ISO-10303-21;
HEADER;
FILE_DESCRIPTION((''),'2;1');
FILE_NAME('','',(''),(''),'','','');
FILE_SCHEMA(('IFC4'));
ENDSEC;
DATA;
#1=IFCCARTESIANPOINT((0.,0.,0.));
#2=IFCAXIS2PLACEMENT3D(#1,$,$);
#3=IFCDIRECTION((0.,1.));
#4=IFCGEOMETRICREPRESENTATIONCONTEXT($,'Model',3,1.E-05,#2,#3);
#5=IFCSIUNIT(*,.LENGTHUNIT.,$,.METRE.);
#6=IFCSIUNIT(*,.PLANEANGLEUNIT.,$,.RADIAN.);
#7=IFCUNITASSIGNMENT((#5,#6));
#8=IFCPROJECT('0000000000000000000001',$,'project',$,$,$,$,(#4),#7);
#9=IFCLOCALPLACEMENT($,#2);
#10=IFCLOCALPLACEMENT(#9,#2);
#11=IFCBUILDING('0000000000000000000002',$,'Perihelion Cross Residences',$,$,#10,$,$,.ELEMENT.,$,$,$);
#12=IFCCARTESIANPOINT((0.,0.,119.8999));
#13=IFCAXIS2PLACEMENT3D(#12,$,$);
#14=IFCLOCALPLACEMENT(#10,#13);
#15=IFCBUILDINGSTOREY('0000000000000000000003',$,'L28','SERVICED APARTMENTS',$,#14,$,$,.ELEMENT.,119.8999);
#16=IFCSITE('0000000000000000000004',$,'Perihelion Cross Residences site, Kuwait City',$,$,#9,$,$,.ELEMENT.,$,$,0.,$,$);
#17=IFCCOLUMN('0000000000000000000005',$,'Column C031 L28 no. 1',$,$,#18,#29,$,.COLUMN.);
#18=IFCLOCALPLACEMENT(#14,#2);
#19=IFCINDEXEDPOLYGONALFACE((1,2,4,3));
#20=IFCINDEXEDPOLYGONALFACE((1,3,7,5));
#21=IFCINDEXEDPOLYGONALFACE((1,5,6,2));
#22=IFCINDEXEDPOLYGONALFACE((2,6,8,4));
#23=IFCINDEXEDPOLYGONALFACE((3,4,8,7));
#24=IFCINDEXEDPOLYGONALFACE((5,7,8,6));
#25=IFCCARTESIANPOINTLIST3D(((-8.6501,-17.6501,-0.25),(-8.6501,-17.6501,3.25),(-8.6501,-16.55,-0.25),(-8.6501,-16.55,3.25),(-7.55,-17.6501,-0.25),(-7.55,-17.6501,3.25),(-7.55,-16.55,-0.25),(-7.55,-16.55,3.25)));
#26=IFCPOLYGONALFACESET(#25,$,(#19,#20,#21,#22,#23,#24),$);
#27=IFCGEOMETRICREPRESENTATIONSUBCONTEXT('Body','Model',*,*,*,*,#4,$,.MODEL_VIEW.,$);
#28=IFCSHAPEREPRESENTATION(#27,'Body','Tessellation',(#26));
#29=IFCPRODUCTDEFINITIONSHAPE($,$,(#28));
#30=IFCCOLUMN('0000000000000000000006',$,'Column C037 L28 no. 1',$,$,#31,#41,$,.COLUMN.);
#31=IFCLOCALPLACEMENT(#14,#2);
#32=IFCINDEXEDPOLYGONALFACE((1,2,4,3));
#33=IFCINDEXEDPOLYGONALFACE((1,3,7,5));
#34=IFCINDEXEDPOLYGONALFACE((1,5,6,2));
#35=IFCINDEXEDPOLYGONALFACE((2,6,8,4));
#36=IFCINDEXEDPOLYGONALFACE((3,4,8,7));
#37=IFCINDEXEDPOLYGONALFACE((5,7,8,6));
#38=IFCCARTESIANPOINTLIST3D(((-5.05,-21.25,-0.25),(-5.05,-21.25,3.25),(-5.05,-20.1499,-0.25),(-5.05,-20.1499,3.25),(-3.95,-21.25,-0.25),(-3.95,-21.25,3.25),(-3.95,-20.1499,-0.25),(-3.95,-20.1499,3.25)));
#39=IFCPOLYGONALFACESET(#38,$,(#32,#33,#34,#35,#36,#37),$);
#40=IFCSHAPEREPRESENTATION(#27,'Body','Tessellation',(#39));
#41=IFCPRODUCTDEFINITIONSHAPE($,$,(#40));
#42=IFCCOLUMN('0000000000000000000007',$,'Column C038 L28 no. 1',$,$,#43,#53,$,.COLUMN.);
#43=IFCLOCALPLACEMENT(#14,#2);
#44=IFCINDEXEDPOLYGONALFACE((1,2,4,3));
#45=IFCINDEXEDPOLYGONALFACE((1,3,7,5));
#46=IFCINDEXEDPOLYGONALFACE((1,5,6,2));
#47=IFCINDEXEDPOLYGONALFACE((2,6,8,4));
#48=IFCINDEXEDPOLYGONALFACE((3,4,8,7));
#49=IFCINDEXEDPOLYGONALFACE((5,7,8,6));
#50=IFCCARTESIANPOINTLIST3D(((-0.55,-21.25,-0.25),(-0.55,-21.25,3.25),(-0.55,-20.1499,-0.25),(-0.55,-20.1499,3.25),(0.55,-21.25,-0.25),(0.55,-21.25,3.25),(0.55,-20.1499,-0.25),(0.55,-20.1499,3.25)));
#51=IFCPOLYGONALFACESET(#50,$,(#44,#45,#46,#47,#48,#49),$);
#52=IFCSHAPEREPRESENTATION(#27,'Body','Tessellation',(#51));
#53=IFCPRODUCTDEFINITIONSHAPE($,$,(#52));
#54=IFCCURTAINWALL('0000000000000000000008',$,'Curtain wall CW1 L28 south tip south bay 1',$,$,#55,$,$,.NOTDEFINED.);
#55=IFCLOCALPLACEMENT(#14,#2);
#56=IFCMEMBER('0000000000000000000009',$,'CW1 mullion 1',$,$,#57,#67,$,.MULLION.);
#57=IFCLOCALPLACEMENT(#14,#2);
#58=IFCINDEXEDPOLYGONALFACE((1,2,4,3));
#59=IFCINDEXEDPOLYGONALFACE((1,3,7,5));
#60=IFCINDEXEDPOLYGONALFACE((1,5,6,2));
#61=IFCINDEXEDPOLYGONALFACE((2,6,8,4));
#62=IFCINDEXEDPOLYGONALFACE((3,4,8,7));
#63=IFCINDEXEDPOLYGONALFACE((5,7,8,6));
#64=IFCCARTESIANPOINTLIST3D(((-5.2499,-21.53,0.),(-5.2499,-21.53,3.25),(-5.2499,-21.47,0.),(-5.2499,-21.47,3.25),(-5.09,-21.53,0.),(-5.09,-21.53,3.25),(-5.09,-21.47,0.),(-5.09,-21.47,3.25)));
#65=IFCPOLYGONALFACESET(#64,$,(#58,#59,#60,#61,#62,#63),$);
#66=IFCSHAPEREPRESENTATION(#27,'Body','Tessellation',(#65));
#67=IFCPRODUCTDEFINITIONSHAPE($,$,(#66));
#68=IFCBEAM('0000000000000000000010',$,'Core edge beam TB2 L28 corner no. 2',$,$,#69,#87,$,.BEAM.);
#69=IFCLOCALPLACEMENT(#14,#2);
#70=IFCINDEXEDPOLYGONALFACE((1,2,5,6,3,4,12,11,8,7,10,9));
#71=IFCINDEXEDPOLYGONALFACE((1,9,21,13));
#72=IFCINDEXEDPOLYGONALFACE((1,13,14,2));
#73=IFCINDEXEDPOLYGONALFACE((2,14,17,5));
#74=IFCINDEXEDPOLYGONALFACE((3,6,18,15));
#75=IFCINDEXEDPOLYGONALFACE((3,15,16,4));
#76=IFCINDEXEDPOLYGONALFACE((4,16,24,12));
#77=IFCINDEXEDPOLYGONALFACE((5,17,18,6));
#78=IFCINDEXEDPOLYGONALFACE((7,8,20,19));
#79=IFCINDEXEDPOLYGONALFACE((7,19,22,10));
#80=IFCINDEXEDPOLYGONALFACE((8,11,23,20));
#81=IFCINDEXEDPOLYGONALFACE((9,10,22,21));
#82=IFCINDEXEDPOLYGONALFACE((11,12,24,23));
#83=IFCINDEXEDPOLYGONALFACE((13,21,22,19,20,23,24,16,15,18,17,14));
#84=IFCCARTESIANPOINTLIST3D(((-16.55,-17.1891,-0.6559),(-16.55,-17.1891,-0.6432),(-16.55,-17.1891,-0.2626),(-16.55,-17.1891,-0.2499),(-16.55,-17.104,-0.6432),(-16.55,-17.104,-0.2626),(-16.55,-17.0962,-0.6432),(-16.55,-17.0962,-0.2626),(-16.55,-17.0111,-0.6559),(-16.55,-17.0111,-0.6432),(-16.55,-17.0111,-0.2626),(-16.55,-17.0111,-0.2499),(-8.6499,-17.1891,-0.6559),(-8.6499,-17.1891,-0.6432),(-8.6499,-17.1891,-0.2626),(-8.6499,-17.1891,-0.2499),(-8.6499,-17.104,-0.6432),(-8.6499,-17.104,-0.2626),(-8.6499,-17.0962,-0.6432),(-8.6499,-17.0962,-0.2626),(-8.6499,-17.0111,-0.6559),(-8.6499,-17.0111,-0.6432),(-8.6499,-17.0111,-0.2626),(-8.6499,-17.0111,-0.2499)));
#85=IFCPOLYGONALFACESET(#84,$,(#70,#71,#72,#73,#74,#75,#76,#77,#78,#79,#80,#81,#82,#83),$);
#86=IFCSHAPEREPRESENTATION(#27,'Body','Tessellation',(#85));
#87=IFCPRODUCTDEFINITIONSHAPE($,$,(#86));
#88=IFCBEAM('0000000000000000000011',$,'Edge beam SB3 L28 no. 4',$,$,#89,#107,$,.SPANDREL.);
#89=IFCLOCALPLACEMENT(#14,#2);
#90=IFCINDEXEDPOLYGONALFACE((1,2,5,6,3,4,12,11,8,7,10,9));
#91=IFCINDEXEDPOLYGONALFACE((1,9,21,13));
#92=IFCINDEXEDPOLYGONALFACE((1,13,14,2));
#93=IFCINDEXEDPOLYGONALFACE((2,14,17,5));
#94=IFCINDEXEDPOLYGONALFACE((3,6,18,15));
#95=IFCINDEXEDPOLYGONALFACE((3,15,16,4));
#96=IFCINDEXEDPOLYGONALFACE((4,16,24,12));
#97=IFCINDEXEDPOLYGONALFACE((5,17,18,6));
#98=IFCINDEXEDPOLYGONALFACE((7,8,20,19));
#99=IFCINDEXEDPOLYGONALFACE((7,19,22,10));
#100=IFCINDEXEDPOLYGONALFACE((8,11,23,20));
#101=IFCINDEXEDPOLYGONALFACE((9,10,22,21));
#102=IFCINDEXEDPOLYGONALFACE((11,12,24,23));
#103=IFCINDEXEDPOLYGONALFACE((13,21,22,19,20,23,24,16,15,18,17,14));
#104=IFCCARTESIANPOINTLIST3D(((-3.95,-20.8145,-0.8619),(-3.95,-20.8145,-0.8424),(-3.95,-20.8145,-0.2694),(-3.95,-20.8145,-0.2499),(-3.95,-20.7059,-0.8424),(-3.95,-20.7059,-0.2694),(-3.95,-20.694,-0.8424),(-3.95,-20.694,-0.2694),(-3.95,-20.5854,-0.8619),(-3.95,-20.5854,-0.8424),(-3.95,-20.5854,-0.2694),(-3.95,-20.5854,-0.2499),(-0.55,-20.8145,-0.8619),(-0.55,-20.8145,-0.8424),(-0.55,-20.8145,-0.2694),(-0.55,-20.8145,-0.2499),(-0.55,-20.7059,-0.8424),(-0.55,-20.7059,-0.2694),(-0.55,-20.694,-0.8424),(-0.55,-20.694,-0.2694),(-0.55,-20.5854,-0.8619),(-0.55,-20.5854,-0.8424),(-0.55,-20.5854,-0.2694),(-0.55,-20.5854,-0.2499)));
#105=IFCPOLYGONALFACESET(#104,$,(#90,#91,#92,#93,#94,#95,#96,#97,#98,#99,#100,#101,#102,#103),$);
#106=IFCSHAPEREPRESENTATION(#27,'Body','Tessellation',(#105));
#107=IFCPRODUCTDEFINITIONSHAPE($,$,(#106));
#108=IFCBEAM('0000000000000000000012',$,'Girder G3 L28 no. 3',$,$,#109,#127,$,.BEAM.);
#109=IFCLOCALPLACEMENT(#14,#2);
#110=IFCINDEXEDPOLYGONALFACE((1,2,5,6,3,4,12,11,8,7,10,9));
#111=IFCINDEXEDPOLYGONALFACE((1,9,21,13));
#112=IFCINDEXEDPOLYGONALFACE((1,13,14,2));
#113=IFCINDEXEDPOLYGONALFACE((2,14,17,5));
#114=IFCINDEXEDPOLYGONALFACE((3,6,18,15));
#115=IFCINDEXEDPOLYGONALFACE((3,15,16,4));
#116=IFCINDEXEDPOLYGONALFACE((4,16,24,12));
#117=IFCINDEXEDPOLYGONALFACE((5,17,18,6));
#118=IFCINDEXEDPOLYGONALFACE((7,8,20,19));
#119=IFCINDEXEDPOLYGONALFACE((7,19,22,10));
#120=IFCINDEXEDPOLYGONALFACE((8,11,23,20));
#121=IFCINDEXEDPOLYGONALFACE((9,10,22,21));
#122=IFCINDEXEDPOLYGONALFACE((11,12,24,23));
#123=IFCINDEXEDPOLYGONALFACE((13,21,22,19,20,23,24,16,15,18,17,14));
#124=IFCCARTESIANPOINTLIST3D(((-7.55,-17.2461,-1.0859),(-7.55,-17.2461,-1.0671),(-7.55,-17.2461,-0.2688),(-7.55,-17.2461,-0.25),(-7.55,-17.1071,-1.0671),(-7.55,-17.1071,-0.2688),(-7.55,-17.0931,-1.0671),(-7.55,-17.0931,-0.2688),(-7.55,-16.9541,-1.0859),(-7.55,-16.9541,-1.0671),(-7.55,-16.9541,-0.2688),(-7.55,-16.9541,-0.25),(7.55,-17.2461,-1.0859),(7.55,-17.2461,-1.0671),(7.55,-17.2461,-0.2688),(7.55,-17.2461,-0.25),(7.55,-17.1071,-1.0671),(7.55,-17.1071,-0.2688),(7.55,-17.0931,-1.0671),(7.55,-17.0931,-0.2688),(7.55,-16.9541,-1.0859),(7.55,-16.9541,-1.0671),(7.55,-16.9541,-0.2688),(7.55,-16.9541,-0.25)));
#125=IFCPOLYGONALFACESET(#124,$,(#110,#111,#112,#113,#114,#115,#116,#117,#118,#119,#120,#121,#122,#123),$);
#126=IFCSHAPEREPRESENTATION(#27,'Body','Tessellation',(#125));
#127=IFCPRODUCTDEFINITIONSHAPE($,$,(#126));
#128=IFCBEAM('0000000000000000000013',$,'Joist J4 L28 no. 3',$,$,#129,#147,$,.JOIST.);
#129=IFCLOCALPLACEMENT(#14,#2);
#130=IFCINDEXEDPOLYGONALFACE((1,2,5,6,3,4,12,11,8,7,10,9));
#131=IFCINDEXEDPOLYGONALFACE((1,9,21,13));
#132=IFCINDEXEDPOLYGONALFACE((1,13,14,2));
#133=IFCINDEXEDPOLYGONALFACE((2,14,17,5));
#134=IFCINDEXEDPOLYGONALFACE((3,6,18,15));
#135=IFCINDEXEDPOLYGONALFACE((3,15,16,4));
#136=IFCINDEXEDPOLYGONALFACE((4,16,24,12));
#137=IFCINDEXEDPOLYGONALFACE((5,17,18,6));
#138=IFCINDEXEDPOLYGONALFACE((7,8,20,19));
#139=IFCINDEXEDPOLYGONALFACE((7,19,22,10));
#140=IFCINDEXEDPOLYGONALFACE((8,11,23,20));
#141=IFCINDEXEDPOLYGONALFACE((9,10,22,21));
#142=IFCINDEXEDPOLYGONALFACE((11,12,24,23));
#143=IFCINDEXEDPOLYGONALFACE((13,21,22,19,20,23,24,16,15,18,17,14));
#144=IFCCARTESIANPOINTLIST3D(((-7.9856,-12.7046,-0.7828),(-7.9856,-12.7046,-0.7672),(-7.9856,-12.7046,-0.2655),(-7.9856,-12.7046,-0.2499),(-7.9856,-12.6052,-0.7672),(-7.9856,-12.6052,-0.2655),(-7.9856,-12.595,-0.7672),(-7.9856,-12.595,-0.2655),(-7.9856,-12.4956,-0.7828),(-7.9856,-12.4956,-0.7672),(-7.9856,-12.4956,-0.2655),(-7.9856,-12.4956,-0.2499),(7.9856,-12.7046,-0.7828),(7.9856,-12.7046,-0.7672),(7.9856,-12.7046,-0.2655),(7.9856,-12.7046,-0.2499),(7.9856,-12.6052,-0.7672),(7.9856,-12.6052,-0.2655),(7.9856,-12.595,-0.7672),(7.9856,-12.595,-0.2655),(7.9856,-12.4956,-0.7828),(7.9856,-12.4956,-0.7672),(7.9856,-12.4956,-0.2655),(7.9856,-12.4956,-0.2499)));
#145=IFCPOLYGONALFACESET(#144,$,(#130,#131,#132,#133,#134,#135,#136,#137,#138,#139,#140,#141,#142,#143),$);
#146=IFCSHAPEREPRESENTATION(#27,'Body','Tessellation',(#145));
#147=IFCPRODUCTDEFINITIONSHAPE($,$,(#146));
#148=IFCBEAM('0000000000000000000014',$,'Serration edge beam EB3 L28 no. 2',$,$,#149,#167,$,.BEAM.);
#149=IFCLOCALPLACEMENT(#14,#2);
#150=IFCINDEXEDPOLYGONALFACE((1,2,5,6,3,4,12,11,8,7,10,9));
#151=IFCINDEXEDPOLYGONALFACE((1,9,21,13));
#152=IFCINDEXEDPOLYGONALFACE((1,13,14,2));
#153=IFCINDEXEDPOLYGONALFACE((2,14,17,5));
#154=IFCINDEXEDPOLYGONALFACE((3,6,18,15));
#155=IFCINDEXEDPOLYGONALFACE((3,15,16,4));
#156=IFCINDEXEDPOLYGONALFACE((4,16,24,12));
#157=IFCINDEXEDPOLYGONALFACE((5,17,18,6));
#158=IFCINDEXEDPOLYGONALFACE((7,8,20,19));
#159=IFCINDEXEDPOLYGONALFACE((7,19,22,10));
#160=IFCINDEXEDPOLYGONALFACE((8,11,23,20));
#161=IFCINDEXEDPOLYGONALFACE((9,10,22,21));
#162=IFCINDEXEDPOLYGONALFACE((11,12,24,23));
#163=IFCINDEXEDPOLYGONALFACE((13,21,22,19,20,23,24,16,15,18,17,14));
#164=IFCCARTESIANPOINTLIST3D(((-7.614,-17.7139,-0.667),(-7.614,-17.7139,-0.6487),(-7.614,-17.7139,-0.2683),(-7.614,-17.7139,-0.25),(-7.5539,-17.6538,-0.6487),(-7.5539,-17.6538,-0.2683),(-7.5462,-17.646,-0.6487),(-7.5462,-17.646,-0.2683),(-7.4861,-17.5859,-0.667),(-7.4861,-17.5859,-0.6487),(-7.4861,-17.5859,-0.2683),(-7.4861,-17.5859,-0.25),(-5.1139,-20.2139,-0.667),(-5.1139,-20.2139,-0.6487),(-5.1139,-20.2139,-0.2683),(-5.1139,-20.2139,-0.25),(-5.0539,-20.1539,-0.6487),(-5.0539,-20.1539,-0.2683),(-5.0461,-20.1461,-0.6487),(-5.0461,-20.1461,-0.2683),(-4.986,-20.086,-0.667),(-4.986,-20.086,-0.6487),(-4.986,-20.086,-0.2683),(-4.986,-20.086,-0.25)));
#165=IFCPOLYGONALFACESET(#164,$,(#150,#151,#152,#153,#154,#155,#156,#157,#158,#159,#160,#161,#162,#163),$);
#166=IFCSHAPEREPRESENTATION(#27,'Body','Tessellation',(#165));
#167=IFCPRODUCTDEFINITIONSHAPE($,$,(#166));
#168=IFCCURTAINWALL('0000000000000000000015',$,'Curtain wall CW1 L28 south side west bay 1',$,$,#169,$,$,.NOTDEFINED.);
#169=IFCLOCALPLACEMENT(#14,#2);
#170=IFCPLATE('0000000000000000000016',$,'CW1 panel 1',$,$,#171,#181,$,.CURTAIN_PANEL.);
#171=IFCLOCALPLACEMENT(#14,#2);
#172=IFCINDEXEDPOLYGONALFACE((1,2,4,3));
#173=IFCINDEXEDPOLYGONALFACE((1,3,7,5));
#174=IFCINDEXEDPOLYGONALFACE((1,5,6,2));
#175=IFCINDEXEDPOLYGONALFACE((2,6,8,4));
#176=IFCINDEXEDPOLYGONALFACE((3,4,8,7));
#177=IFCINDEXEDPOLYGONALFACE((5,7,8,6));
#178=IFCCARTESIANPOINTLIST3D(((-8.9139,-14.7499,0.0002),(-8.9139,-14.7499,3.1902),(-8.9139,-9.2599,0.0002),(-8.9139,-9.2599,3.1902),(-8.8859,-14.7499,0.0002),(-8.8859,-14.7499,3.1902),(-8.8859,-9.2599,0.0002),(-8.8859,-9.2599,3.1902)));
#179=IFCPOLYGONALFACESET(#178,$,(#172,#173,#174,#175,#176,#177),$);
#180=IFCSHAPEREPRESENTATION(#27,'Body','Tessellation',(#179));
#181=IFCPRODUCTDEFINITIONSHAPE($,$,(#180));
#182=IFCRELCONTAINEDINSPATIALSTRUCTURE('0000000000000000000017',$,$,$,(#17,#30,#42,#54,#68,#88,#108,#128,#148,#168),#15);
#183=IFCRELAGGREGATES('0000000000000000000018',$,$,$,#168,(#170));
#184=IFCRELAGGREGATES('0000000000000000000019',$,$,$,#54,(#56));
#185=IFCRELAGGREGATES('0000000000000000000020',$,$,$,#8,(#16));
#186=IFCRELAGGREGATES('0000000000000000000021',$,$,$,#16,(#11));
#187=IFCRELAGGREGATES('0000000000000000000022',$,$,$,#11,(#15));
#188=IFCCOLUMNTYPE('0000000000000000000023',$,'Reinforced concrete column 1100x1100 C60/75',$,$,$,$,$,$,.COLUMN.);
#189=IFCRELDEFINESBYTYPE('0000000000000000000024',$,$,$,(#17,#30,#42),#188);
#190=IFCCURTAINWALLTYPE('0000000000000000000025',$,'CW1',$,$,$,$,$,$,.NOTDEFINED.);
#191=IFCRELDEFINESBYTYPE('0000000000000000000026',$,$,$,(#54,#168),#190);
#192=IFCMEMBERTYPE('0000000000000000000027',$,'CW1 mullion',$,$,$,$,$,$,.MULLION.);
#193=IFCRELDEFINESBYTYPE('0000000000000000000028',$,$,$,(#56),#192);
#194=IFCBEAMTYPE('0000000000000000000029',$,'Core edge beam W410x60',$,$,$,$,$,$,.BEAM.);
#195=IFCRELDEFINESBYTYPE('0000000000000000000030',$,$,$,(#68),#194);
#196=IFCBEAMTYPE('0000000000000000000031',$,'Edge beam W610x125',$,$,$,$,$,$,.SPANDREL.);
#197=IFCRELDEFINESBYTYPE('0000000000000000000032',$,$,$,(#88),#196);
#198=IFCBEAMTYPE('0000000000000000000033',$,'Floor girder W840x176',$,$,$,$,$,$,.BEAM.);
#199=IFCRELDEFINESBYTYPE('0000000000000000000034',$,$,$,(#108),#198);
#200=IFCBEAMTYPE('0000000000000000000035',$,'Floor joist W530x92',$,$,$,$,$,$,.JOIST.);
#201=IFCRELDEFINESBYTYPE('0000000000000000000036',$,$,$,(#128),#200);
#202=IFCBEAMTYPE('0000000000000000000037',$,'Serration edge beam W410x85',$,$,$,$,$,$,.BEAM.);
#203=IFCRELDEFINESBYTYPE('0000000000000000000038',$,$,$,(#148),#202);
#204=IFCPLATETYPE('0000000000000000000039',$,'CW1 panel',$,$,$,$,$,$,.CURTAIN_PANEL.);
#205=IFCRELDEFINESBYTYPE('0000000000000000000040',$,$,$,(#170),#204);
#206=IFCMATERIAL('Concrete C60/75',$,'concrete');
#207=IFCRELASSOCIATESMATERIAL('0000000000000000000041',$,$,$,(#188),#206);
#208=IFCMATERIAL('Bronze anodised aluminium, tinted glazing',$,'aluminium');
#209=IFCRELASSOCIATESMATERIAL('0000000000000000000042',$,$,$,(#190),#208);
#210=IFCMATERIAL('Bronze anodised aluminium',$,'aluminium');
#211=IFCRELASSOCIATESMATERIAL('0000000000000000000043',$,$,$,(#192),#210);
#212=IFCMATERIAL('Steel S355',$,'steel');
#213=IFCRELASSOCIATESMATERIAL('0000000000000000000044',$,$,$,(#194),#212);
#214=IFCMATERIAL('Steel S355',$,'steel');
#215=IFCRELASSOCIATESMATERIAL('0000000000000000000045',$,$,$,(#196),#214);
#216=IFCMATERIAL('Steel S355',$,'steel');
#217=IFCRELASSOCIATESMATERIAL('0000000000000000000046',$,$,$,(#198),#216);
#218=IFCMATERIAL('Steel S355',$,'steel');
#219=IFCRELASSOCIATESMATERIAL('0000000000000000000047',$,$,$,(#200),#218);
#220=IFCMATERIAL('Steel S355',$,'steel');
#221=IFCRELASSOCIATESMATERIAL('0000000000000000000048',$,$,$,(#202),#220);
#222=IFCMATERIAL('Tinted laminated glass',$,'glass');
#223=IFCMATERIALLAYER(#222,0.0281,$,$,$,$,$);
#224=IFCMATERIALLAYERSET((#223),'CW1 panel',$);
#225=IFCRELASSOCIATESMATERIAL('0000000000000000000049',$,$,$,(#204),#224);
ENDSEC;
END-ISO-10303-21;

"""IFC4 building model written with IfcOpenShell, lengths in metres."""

from ifc_helpers import new_model, si_unit, direction, frame, origin, origin_2d, place, context, subcontext, project, spatial, rectangle, i_section, extrude, material, layer, layer_set, material_profile, profile_set, type_object, element, aggregate, save


model = new_model("IFC4")

# Units and contexts
model_context = context("Model", 3, precision=1e-05, world=origin(), true_north=direction((0.0, 1.0)))
body_context = subcontext(model_context, "Body", "Model", "MODEL_VIEW")
ifc_project = project(units=[si_unit("LENGTHUNIT", "METRE"), si_unit("PLANEANGLEUNIT", "RADIAN")], contexts=[model_context])

# Site, building, storey
site_placement = place(None, origin())
site = spatial("IfcSite", under=ifc_project, at=site_placement, Name="Perihelion Cross Residences site, Kuwait City", CompositionType="ELEMENT", RefElevation=0.0)
building_placement = place(site_placement, origin())
building = spatial("IfcBuilding", under=site, at=building_placement, Name="Perihelion Cross Residences", CompositionType="ELEMENT")
storey_placement = place(building_placement, frame((0.0, 0.0, 119.8999)))
storey = spatial("IfcBuildingStorey", under=building, at=storey_placement, Name="L28", Description="SERVICED APARTMENTS", CompositionType="ELEMENT", Elevation=119.8999)

# Columns
ifc_material_1 = material(Name="Concrete C60/75", Category="concrete")
ifc_material_profile_1 = material_profile(ifc_material_1, rectangle(XDim=1.1001, YDim=1.1001, at=origin_2d()), Name="RC 1100x1100")
ifc_profile_set_1 = profile_set([ifc_material_profile_1], Name="Concrete C60/75")
column_type = type_object("IfcColumnType", Name="Reinforced concrete column 1100x1100 C60/75", PredefinedType="COLUMN", material=ifc_profile_set_1)
for number, where, z_axis, x_axis, name in (
    (1, (-8.1001, -17.1001, -0.25), (0.0, 0.0, 1.0), (1.0, 0.0, 0.0), "Column C031 L28 no. 1"),
    (2, (-4.5, -20.7, -0.25), (0.0, 0.0, 1.0), (1.0, 0.0, 0.0), "Column C037 L28 no. 1"),
    (3, (0.0, -20.7, -0.25), (0.0, 0.0, 1.0), (1.0, 0.0, 0.0), "Column C038 L28 no. 1"),
):
    element("IfcColumn", number, at=place(storey_placement, frame(where, z_axis=z_axis, x_axis=x_axis)), inside=storey, type_object=column_type, Name=name, PredefinedType="COLUMN", context=body_context, shape_type="SweptSolid", body=[
        extrude(rectangle(XDim=1.1001, YDim=1.1001, at=origin_2d()), origin(), (0.0, 0.0, 1.0), 3.5),
    ])

# Curtain wall, member
ifc_material_2 = material(Name="Bronze anodised aluminium, tinted glazing", Category="aluminium")
curtain_wall_type = type_object("IfcCurtainWallType", Name="CW1", PredefinedType="NOTDEFINED", material=ifc_material_2)
curtain_wall_1_placement = place(storey_placement, origin())
curtain_wall_1 = element("IfcCurtainWall", 4, at=curtain_wall_1_placement, inside=storey, type_object=curtain_wall_type, Name="Curtain wall CW1 L28 south tip south bay 1", PredefinedType="NOTDEFINED")
ifc_material_3 = material(Name="Bronze anodised aluminium", Category="aluminium")
ifc_material_profile_2 = material_profile(ifc_material_3, rectangle(XDim=0.0601, YDim=0.1599, at=origin_2d()), Name="CW1 mullion")
ifc_profile_set_2 = profile_set([ifc_material_profile_2], Name="Bronze anodised aluminium")
member_type = type_object("IfcMemberType", Name="CW1 mullion", PredefinedType="MULLION", material=ifc_profile_set_2)
member_placement = place(storey_placement, frame((-5.1699, -21.5, 0.0), z_axis=(0.0, 0.0, 1.0), x_axis=(0.0, 1.0, 0.0)))
member = element("IfcMember", 5, at=member_placement, type_object=member_type, Name="CW1 mullion 1", PredefinedType="MULLION", context=body_context, shape_type="SweptSolid", body=[
    extrude(rectangle(XDim=0.0601, YDim=0.1599, at=origin_2d()), origin(), (0.0, 0.0, 1.0), 3.25),
])

# Beams
ifc_material_4 = material(Name="Steel S355", Category="steel")
ifc_material_profile_3 = material_profile(ifc_material_4, i_section(OverallWidth=0.178, OverallDepth=0.406, WebThickness=0.0078, FlangeThickness=0.0127, at=origin_2d()), Name="W410x60")
ifc_profile_set_3 = profile_set([ifc_material_profile_3], Name="Steel S355")
beam_type_1 = type_object("IfcBeamType", Name="Core edge beam W410x60", PredefinedType="BEAM", material=ifc_profile_set_3)
beam_1_placement = place(storey_placement, frame((-8.6499, -17.1001, -0.4529), z_axis=(-1.0, 0.0, 0.0), x_axis=(0.0, -1.0, 0.0)))
element("IfcBeam", 6, at=beam_1_placement, inside=storey, type_object=beam_type_1, Name="Core edge beam TB2 L28 corner no. 2", PredefinedType="BEAM", context=body_context, shape_type="SweptSolid", body=[
    extrude(i_section(OverallWidth=0.178, OverallDepth=0.406, WebThickness=0.0078, FlangeThickness=0.0127, at=origin_2d()), origin(), (0.0, 0.0, 1.0), 7.9001),
])
ifc_material_5 = material(Name="Steel S355", Category="steel")
ifc_material_profile_4 = material_profile(ifc_material_5, i_section(OverallWidth=0.229, OverallDepth=0.6121, WebThickness=0.012, FlangeThickness=0.0195, at=origin_2d()), Name="W610x125")
ifc_profile_set_4 = profile_set([ifc_material_profile_4], Name="Steel S355")
beam_type_2 = type_object("IfcBeamType", Name="Edge beam W610x125", PredefinedType="SPANDREL", material=ifc_profile_set_4)
beam_2_placement = place(storey_placement, frame((-3.95, -20.7, -0.5559), z_axis=(1.0, 0.0, 0.0), x_axis=(0.0, 1.0, 0.0)))
element("IfcBeam", 7, at=beam_2_placement, inside=storey, type_object=beam_type_2, Name="Edge beam SB3 L28 no. 4", PredefinedType="SPANDREL", context=body_context, shape_type="SweptSolid", body=[
    extrude(i_section(OverallWidth=0.229, OverallDepth=0.6121, WebThickness=0.012, FlangeThickness=0.0195, at=origin_2d()), origin(), (0.0, 0.0, 1.0), 3.3999),
])
ifc_material_6 = material(Name="Steel S355", Category="steel")
ifc_material_profile_5 = material_profile(ifc_material_6, i_section(OverallWidth=0.292, OverallDepth=0.8359, WebThickness=0.0139, FlangeThickness=0.0188, at=origin_2d()), Name="W840x176")
ifc_profile_set_5 = profile_set([ifc_material_profile_5], Name="Steel S355")
beam_type_3 = type_object("IfcBeamType", Name="Floor girder W840x176", PredefinedType="BEAM", material=ifc_profile_set_5)
beam_3_placement = place(storey_placement, frame((-7.55, -17.1001, -0.668), z_axis=(1.0, 0.0, 0.0), x_axis=(0.0, 1.0, 0.0)))
element("IfcBeam", 8, at=beam_3_placement, inside=storey, type_object=beam_type_3, Name="Girder G3 L28 no. 3", PredefinedType="BEAM", context=body_context, shape_type="SweptSolid", body=[
    extrude(i_section(OverallWidth=0.292, OverallDepth=0.8359, WebThickness=0.0139, FlangeThickness=0.0188, at=origin_2d()), origin(), (0.0, 0.0, 1.0), 15.1001),
])
ifc_material_7 = material(Name="Steel S355", Category="steel")
ifc_material_profile_6 = material_profile(ifc_material_7, i_section(OverallWidth=0.209, OverallDepth=0.533, WebThickness=0.0103, FlangeThickness=0.0156, at=origin_2d()), Name="W530x92")
ifc_profile_set_6 = profile_set([ifc_material_profile_6], Name="Steel S355")
beam_type_4 = type_object("IfcBeamType", Name="Floor joist W530x92", PredefinedType="JOIST", material=ifc_profile_set_6)
beam_4_placement = place(storey_placement, frame((-7.9856, -12.6001, -0.5164), z_axis=(1.0, 0.0, 0.0), x_axis=(0.0, 1.0, 0.0)))
element("IfcBeam", 9, at=beam_4_placement, inside=storey, type_object=beam_type_4, Name="Joist J4 L28 no. 3", PredefinedType="JOIST", context=body_context, shape_type="SweptSolid", body=[
    extrude(i_section(OverallWidth=0.209, OverallDepth=0.533, WebThickness=0.0103, FlangeThickness=0.0156, at=origin_2d()), origin(), (0.0, 0.0, 1.0), 15.9712),
])
ifc_material_8 = material(Name="Steel S355", Category="steel")
ifc_material_profile_7 = material_profile(ifc_material_8, i_section(OverallWidth=0.1809, OverallDepth=0.417, WebThickness=0.011, FlangeThickness=0.0183, at=origin_2d()), Name="W410x85")
ifc_profile_set_7 = profile_set([ifc_material_profile_7], Name="Steel S355")
beam_type_5 = type_object("IfcBeamType", Name="Serration edge beam W410x85", PredefinedType="BEAM", material=ifc_profile_set_7)
beam_5_placement = place(storey_placement, frame((-7.55, -17.6499, -0.4585), z_axis=(0.707107, -0.707107, 0.0), x_axis=(0.707107, 0.707107, 0.0)))
element("IfcBeam", 10, at=beam_5_placement, inside=storey, type_object=beam_type_5, Name="Serration edge beam EB3 L28 no. 2", PredefinedType="BEAM", context=body_context, shape_type="SweptSolid", body=[
    extrude(i_section(OverallWidth=0.1809, OverallDepth=0.417, WebThickness=0.011, FlangeThickness=0.0183, at=origin_2d()), origin(), (0.0, 0.0, 1.0), 3.5356),
])

# Curtain wall, plate
curtain_wall_2_placement = place(storey_placement, origin())
curtain_wall_2 = element("IfcCurtainWall", 11, at=curtain_wall_2_placement, inside=storey, type_object=curtain_wall_type, Name="Curtain wall CW1 L28 south side west bay 1", PredefinedType="NOTDEFINED")
ifc_material_9 = material(Name="Tinted laminated glass", Category="glass")
ifc_layer_1 = layer(ifc_material_9, 0.0281)
ifc_layer_set_1 = layer_set([ifc_layer_1], Name="CW1 panel")
plate_type = type_object("IfcPlateType", Name="CW1 panel", PredefinedType="CURTAIN_PANEL", material=ifc_layer_set_1)
plate_1_placement = place(storey_placement, frame((-8.8999, -12.0049, 0.0002), z_axis=(0.0, 0.0, 1.0), x_axis=(0.0, -1.0, 0.0)))
plate_1 = element("IfcPlate", 12, at=plate_1_placement, type_object=plate_type, Name="CW1 panel 1", PredefinedType="CURTAIN_PANEL", context=body_context, shape_type="SweptSolid", body=[
    extrude(rectangle(XDim=5.49, YDim=0.0281, at=origin_2d()), origin(), (0.0, 0.0, 1.0), 3.1899),
])
aggregate(curtain_wall_2, [plate_1])

aggregate(curtain_wall_1, [member])

save(model, "model.ifc")
